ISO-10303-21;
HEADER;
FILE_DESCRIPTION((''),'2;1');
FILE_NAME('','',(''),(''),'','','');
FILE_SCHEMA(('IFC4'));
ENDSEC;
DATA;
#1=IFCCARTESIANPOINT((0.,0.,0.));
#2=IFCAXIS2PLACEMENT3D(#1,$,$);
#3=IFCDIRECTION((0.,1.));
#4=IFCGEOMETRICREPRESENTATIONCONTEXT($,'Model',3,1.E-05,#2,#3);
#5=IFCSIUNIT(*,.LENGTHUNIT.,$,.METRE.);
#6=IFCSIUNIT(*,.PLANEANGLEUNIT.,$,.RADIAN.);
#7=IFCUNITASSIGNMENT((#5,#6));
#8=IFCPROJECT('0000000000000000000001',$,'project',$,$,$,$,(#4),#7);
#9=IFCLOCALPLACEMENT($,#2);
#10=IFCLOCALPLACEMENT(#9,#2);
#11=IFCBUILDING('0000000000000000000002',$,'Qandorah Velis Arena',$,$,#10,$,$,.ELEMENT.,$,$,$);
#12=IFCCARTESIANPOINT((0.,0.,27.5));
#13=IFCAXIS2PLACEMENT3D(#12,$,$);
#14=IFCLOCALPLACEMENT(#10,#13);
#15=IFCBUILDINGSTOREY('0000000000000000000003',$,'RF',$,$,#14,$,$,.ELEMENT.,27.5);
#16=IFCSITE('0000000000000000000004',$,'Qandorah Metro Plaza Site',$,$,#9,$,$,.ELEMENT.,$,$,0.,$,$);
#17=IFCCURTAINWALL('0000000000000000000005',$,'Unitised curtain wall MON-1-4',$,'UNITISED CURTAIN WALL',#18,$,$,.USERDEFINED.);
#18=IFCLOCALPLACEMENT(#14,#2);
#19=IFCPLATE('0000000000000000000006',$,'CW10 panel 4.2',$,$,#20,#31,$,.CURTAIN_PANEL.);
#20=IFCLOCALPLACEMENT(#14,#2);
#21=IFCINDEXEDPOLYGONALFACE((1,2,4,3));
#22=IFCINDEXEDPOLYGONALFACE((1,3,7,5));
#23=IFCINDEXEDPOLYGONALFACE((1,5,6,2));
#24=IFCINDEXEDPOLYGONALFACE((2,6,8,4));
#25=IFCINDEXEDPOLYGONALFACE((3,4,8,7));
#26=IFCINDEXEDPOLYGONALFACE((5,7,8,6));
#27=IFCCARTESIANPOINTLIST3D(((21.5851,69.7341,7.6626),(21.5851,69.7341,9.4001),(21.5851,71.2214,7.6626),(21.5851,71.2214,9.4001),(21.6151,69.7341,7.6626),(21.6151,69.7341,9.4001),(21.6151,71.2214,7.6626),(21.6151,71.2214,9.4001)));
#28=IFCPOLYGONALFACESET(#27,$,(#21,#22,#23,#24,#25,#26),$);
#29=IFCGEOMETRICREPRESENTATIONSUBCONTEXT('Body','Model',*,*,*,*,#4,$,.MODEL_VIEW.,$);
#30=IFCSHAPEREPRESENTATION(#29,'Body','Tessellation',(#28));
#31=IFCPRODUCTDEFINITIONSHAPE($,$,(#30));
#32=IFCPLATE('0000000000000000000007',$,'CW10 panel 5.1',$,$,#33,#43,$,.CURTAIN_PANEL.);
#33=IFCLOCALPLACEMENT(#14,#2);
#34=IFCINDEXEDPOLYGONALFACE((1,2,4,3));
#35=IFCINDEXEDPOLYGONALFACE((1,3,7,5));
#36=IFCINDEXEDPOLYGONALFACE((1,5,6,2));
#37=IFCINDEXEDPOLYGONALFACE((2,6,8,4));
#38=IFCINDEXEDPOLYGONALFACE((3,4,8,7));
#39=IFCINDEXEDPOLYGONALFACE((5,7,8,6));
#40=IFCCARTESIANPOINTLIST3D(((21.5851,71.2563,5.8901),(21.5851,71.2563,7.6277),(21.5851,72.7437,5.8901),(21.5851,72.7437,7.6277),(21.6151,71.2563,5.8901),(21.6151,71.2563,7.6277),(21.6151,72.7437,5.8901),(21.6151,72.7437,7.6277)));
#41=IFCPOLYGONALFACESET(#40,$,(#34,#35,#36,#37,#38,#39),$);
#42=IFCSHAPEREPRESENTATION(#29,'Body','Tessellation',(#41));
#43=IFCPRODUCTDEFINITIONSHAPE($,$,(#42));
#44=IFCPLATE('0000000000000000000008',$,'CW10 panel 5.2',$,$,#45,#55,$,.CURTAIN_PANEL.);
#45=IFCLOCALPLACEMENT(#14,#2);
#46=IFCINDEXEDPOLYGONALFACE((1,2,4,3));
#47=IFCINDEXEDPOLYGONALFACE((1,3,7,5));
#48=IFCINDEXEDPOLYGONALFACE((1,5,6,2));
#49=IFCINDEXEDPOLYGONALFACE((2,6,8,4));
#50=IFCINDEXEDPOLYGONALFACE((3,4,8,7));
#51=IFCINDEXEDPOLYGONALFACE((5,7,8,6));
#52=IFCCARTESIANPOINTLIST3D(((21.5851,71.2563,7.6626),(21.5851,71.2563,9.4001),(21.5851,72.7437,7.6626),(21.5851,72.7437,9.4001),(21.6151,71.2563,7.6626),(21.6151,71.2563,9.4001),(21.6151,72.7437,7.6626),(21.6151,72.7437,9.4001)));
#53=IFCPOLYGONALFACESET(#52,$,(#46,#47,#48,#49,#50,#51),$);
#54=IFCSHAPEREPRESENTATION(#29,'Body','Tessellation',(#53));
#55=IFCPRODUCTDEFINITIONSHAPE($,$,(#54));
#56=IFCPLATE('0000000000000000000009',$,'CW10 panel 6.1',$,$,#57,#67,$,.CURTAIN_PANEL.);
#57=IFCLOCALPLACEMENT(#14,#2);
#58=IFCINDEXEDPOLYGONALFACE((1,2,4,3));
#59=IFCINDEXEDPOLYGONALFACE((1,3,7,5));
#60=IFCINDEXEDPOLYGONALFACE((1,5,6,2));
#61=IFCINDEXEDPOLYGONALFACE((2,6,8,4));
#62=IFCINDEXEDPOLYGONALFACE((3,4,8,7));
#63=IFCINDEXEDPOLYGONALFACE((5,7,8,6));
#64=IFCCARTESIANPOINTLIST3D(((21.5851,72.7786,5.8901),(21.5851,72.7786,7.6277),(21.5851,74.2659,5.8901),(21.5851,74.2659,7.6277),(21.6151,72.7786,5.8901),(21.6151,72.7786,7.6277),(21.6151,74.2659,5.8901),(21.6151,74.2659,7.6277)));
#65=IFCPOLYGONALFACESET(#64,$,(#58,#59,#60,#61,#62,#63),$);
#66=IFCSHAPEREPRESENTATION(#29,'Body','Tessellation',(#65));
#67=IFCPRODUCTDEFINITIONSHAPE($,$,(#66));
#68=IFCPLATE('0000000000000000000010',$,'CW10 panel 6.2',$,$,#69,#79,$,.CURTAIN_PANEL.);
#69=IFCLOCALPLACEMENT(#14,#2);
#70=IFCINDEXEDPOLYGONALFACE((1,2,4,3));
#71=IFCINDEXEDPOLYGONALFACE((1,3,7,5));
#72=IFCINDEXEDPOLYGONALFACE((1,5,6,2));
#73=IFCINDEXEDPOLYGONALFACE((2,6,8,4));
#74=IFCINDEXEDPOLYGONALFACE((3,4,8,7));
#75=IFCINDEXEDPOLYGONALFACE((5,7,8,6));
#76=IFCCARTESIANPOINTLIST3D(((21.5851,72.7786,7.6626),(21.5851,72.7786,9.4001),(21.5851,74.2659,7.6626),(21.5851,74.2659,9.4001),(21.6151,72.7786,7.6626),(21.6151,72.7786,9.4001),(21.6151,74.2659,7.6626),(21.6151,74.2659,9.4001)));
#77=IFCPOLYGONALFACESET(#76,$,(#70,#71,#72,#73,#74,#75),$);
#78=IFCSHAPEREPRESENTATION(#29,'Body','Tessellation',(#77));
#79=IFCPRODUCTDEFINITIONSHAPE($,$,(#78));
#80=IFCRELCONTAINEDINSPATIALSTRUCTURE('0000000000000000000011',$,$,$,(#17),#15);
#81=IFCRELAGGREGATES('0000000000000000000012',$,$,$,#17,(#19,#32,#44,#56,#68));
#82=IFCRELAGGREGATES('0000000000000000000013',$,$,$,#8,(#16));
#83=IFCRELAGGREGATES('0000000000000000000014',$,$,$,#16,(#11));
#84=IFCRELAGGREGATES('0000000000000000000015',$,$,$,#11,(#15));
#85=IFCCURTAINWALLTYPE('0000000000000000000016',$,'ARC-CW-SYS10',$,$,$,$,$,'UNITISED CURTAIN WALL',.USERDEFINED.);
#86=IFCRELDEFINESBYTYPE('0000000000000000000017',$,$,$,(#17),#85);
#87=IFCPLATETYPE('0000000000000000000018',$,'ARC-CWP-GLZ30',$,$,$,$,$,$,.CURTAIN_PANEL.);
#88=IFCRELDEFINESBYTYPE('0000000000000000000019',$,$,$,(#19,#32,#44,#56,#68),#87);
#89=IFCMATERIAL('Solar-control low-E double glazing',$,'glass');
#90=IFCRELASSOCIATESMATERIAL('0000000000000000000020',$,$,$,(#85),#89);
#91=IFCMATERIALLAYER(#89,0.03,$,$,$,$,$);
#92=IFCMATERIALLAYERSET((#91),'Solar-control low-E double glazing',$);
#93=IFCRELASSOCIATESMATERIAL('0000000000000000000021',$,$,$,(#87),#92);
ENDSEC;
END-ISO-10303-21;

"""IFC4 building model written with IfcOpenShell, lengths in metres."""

from ifc_helpers import new_model, si_unit, direction, frame, origin, origin_2d, place, context, subcontext, project, spatial, rectangle, extrude, material, layer, layer_set, type_object, element, aggregate, save


model = new_model("IFC4")

# Units and contexts
model_context = context("Model", 3, precision=1e-05, world=origin(), true_north=direction((0.0, 1.0)))
body_context = subcontext(model_context, "Body", "Model", "MODEL_VIEW")
ifc_project = project(units=[si_unit("LENGTHUNIT", "METRE"), si_unit("PLANEANGLEUNIT", "RADIAN")], contexts=[model_context])

# Site, building, storey
site_placement = place(None, origin())
site = spatial("IfcSite", under=ifc_project, at=site_placement, Name="Qandorah Metro Plaza Site", CompositionType="ELEMENT", RefElevation=0.0)
building_placement = place(site_placement, origin())
building = spatial("IfcBuilding", under=site, at=building_placement, Name="Qandorah Velis Arena", CompositionType="ELEMENT")
storey_placement = place(building_placement, frame((0.0, 0.0, 27.5)))
storey = spatial("IfcBuildingStorey", under=building, at=storey_placement, Name="RF", CompositionType="ELEMENT", Elevation=27.5)

# Shared definitions
ifc_material_1 = material(Name="Solar-control low-E double glazing", Category="glass")

# Curtain wall
curtain_wall_type_1 = type_object("IfcCurtainWallType", Name="ARC-CW-SYS10", ElementType="UNITISED CURTAIN WALL", PredefinedType="USERDEFINED", material=ifc_material_1)
curtain_wall_1_placement = place(storey_placement, origin())
curtain_wall_1 = element("IfcCurtainWall", 1, at=curtain_wall_1_placement, inside=storey, type_object=curtain_wall_type_1, Name="Unitised curtain wall MON-1-4", ObjectType="UNITISED CURTAIN WALL", PredefinedType="USERDEFINED")

# Plates
ifc_layer = layer(ifc_material_1, 0.03)
ifc_layer_set = layer_set([ifc_layer], Name="Solar-control low-E double glazing")
plate_type = type_object("IfcPlateType", Name="ARC-CWP-GLZ30", PredefinedType="CURTAIN_PANEL", material=ifc_layer_set)
plate_1_placement = place(storey_placement, frame((21.6001, 70.4778, 7.6626), z_axis=(0.0, 0.0, 1.0), x_axis=(0.0, 1.0, 0.0)))
plate_1 = element("IfcPlate", 2, at=plate_1_placement, type_object=plate_type, Name="CW10 panel 4.2", PredefinedType="CURTAIN_PANEL", context=body_context, shape_type="SweptSolid", body=[
    extrude(rectangle(XDim=1.4873, YDim=0.03, at=origin_2d()), origin(), (0.0, 0.0, 1.0), 1.7375),
])
plate_2_placement = place(storey_placement, frame((21.6001, 72.0, 5.8901), z_axis=(0.0, 0.0, 1.0), x_axis=(0.0, 1.0, 0.0)))
plate_2 = element("IfcPlate", 3, at=plate_2_placement, type_object=plate_type, Name="CW10 panel 5.1", PredefinedType="CURTAIN_PANEL", context=body_context, shape_type="SweptSolid", body=[
    extrude(rectangle(XDim=1.4873, YDim=0.03, at=origin_2d()), origin(), (0.0, 0.0, 1.0), 1.7375),
])
plate_3_placement = place(storey_placement, frame((21.6001, 72.0, 7.6626), z_axis=(0.0, 0.0, 1.0), x_axis=(0.0, 1.0, 0.0)))
plate_3 = element("IfcPlate", 4, at=plate_3_placement, type_object=plate_type, Name="CW10 panel 5.2", PredefinedType="CURTAIN_PANEL", context=body_context, shape_type="SweptSolid", body=[
    extrude(rectangle(XDim=1.4873, YDim=0.03, at=origin_2d()), origin(), (0.0, 0.0, 1.0), 1.7375),
])
plate_4_placement = place(storey_placement, frame((21.6001, 73.5222, 5.8901), z_axis=(0.0, 0.0, 1.0), x_axis=(0.0, 1.0, 0.0)))
plate_4 = element("IfcPlate", 5, at=plate_4_placement, type_object=plate_type, Name="CW10 panel 6.1", PredefinedType="CURTAIN_PANEL", context=body_context, shape_type="SweptSolid", body=[
    extrude(rectangle(XDim=1.4873, YDim=0.03, at=origin_2d()), origin(), (0.0, 0.0, 1.0), 1.7375),
])
plate_5_placement = place(storey_placement, frame((21.6001, 73.5222, 7.6626), z_axis=(0.0, 0.0, 1.0), x_axis=(0.0, 1.0, 0.0)))
plate_5 = element("IfcPlate", 6, at=plate_5_placement, type_object=plate_type, Name="CW10 panel 6.2", PredefinedType="CURTAIN_PANEL", context=body_context, shape_type="SweptSolid", body=[
    extrude(rectangle(XDim=1.4873, YDim=0.03, at=origin_2d()), origin(), (0.0, 0.0, 1.0), 1.7375),
])
aggregate(curtain_wall_1, [plate_1, plate_2, plate_3, plate_4, plate_5])

save(model, "model.ifc")
